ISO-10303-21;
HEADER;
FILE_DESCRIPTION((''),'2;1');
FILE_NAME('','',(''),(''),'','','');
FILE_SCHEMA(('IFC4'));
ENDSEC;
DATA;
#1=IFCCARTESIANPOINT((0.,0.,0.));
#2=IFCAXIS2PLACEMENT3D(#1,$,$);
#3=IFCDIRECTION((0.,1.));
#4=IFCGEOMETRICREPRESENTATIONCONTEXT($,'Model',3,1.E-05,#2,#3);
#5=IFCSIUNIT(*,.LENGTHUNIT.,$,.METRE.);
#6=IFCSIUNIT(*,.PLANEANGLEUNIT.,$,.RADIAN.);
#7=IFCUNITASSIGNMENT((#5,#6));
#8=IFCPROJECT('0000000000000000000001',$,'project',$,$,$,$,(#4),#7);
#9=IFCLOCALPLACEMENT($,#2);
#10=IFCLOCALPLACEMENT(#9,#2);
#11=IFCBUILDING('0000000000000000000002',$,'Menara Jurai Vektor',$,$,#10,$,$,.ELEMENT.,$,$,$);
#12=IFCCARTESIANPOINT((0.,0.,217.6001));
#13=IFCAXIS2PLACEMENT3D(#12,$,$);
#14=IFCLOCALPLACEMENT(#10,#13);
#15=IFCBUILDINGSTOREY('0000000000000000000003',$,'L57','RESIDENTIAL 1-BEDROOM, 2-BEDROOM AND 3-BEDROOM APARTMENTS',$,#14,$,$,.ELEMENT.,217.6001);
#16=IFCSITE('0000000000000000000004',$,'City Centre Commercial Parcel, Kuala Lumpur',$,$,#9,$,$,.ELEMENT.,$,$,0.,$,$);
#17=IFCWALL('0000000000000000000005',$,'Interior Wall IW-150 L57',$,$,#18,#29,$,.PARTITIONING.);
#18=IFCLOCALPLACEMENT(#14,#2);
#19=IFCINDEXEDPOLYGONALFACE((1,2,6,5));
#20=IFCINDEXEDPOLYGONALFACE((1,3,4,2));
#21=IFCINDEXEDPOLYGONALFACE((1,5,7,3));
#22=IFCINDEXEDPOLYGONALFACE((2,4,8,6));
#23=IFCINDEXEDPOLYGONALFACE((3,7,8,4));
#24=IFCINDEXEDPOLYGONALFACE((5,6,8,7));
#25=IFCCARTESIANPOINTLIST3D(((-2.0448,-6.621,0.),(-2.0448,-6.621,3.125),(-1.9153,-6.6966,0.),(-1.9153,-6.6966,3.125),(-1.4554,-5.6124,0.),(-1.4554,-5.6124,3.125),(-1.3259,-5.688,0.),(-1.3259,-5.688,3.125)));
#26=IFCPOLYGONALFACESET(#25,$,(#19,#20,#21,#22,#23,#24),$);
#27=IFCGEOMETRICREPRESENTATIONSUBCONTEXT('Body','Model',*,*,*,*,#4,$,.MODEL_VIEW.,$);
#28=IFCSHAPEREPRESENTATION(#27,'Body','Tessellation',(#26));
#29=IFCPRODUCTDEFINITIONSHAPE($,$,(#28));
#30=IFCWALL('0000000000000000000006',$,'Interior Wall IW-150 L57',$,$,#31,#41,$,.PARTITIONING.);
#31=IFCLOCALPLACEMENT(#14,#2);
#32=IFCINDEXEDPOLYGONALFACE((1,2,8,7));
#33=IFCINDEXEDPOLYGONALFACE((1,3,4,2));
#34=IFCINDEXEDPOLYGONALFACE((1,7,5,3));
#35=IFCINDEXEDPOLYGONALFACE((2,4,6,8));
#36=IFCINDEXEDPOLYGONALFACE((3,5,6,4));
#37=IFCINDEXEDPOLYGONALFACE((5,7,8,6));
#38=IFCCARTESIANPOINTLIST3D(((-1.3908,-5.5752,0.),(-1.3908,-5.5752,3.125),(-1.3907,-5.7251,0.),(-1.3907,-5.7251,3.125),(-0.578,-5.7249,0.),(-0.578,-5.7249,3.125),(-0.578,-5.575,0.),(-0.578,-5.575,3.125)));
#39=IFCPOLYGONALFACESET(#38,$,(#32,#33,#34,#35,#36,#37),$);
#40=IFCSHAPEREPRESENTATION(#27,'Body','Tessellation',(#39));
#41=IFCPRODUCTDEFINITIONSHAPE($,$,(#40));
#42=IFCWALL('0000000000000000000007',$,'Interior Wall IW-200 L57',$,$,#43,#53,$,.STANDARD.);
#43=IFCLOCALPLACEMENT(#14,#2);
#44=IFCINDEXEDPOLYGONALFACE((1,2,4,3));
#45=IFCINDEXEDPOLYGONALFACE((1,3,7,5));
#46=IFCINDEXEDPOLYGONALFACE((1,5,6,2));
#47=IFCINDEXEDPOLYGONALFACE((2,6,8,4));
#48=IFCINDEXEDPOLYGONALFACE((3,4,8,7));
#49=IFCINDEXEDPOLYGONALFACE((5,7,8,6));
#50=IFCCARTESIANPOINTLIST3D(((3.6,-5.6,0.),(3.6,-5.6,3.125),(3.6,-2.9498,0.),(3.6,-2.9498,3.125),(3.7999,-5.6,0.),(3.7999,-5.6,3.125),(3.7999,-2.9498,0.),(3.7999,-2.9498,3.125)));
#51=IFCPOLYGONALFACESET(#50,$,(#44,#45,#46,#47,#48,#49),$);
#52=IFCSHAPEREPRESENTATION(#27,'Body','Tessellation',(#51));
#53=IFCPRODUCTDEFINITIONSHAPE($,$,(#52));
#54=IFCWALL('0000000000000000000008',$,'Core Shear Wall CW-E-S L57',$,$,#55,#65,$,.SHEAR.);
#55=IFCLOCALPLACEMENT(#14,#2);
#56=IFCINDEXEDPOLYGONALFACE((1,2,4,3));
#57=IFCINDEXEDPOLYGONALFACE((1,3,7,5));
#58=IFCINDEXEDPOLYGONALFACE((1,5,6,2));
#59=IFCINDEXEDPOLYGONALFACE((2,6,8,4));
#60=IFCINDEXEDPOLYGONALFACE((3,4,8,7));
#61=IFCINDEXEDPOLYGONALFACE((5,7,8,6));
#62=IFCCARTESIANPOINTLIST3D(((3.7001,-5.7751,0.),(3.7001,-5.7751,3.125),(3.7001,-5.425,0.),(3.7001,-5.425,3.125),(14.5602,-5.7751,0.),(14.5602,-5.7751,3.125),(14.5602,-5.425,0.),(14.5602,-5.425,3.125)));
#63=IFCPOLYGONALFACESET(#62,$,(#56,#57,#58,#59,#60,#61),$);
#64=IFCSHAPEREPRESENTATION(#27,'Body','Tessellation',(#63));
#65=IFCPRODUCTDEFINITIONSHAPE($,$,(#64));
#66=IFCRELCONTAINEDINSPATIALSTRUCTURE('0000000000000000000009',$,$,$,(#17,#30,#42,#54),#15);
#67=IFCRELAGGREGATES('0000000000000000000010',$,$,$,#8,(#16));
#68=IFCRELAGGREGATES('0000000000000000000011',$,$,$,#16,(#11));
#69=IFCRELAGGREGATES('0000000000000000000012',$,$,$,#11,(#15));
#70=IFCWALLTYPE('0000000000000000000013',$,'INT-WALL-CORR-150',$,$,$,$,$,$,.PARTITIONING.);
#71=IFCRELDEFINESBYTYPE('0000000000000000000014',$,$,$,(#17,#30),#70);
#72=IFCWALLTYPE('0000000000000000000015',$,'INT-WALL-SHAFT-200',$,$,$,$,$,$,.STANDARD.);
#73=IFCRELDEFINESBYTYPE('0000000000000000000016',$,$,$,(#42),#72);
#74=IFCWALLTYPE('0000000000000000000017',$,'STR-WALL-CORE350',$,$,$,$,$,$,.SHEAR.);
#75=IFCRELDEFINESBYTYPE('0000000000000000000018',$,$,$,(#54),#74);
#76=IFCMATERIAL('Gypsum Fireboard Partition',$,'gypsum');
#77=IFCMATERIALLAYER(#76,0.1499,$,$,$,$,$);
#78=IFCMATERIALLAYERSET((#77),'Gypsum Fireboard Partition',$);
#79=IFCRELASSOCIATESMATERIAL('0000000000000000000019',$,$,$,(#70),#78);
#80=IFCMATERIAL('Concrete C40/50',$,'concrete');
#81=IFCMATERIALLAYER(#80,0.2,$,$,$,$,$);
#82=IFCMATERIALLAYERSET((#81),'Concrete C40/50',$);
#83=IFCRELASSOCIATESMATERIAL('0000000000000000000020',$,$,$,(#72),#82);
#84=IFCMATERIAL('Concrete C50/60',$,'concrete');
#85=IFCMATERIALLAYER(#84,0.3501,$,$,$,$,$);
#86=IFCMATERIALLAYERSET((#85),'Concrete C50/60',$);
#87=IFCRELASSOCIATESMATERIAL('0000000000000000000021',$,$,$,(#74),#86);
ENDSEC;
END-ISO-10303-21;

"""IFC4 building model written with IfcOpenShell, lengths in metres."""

from ifc_helpers import new_model, si_unit, direction, frame, frame_2d, origin, place, context, subcontext, project, spatial, rectangle, extrude, material, layer, layer_set, type_object, element, save


model = new_model("IFC4")

# Units and contexts
model_context = context("Model", 3, precision=1e-05, world=origin(), true_north=direction((0.0, 1.0)))
body_context = subcontext(model_context, "Body", "Model", "MODEL_VIEW")
ifc_project = project(units=[si_unit("LENGTHUNIT", "METRE"), si_unit("PLANEANGLEUNIT", "RADIAN")], contexts=[model_context])

# Site, building, storey
site_placement = place(None, origin())
site = spatial("IfcSite", under=ifc_project, at=site_placement, Name="City Centre Commercial Parcel, Kuala Lumpur", CompositionType="ELEMENT", RefElevation=0.0)
building_placement = place(site_placement, origin())
building = spatial("IfcBuilding", under=site, at=building_placement, Name="Menara Jurai Vektor", CompositionType="ELEMENT")
storey_placement = place(building_placement, frame((0.0, 0.0, 217.6001)))
storey = spatial("IfcBuildingStorey", under=building, at=storey_placement, Name="L57", Description="RESIDENTIAL 1-BEDROOM, 2-BEDROOM AND 3-BEDROOM APARTMENTS", CompositionType="ELEMENT", Elevation=217.6001)

# Shared definitions
ifc_material_1 = material(Name="Concrete C50/60", Category="concrete")

# Shared definitions
ifc_material_2 = material(Name="Gypsum Fireboard Partition", Category="gypsum")
ifc_layer_1 = layer(ifc_material_2, 0.1499)
ifc_layer_set_1 = layer_set([ifc_layer_1], Name="Gypsum Fireboard Partition")
wall_type_1 = type_object("IfcWallType", Name="INT-WALL-CORR-150", PredefinedType="PARTITIONING", material=ifc_layer_set_1)

# Walls
wall_1_placement = place(storey_placement, frame((-1.98, -6.6587, 0.0), z_axis=(0.0, 0.0, 1.0), x_axis=(0.504534, 0.863392, 0.0)))
element("IfcWall", 1, at=wall_1_placement, inside=storey, type_object=wall_type_1, Name="Interior Wall IW-150 L57", PredefinedType="PARTITIONING", context=body_context, shape_type="SweptSolid", body=[
    extrude(rectangle(XDim=1.1682, YDim=0.1499, at=frame_2d((0.584, 0.0))), origin(), (0.0, 0.0, 1.0), 3.125),
])
wall_2_placement = place(storey_placement, frame((-1.3906, -5.6501, 0.0), z_axis=(0.0, 0.0, 1.0), x_axis=(1.0, 0.0003, 0.0)))
element("IfcWall", 2, at=wall_2_placement, inside=storey, type_object=wall_type_1, Name="Interior Wall IW-150 L57", PredefinedType="PARTITIONING", context=body_context, shape_type="SweptSolid", body=[
    extrude(rectangle(XDim=0.8127, YDim=0.1499, at=frame_2d((0.4062, 0.0))), origin(), (0.0, 0.0, 1.0), 3.125),
])
ifc_material_3 = material(Name="Concrete C40/50", Category="concrete")
ifc_layer_2 = layer(ifc_material_3, 0.2)
ifc_layer_set_2 = layer_set([ifc_layer_2], Name="Concrete C40/50")
wall_type_2 = type_object("IfcWallType", Name="INT-WALL-SHAFT-200", PredefinedType="STANDARD", material=ifc_layer_set_2)
wall_3_placement = place(storey_placement, frame((3.7, -5.6001, 0.0), z_axis=(0.0, 0.0, 1.0), x_axis=(0.0, 1.0, 0.0)))
element("IfcWall", 3, at=wall_3_placement, inside=storey, type_object=wall_type_2, Name="Interior Wall IW-200 L57", PredefinedType="STANDARD", context=body_context, shape_type="SweptSolid", body=[
    extrude(rectangle(XDim=2.6501, YDim=0.2, at=frame_2d((1.3252, 0.0))), origin(), (0.0, 0.0, 1.0), 3.125),
])
ifc_layer_3 = layer(ifc_material_1, 0.3501)
ifc_layer_set_3 = layer_set([ifc_layer_3], Name="Concrete C50/60")
wall_type_3 = type_object("IfcWallType", Name="STR-WALL-CORE350", PredefinedType="SHEAR", material=ifc_layer_set_3)
wall_4_placement = place(storey_placement, frame((3.7, -5.6001, 0.0), z_axis=(0.0, 0.0, 1.0), x_axis=(1.0, 0.0, 0.0)))
element("IfcWall", 4, at=wall_4_placement, inside=storey, type_object=wall_type_3, Name="Core Shear Wall CW-E-S L57", PredefinedType="SHEAR", context=body_context, shape_type="SweptSolid", body=[
    extrude(rectangle(XDim=10.8601, YDim=0.3501, at=frame_2d((5.4302, 0.0))), origin(), (0.0, 0.0, 1.0), 3.125),
])

save(model, "model.ifc")
